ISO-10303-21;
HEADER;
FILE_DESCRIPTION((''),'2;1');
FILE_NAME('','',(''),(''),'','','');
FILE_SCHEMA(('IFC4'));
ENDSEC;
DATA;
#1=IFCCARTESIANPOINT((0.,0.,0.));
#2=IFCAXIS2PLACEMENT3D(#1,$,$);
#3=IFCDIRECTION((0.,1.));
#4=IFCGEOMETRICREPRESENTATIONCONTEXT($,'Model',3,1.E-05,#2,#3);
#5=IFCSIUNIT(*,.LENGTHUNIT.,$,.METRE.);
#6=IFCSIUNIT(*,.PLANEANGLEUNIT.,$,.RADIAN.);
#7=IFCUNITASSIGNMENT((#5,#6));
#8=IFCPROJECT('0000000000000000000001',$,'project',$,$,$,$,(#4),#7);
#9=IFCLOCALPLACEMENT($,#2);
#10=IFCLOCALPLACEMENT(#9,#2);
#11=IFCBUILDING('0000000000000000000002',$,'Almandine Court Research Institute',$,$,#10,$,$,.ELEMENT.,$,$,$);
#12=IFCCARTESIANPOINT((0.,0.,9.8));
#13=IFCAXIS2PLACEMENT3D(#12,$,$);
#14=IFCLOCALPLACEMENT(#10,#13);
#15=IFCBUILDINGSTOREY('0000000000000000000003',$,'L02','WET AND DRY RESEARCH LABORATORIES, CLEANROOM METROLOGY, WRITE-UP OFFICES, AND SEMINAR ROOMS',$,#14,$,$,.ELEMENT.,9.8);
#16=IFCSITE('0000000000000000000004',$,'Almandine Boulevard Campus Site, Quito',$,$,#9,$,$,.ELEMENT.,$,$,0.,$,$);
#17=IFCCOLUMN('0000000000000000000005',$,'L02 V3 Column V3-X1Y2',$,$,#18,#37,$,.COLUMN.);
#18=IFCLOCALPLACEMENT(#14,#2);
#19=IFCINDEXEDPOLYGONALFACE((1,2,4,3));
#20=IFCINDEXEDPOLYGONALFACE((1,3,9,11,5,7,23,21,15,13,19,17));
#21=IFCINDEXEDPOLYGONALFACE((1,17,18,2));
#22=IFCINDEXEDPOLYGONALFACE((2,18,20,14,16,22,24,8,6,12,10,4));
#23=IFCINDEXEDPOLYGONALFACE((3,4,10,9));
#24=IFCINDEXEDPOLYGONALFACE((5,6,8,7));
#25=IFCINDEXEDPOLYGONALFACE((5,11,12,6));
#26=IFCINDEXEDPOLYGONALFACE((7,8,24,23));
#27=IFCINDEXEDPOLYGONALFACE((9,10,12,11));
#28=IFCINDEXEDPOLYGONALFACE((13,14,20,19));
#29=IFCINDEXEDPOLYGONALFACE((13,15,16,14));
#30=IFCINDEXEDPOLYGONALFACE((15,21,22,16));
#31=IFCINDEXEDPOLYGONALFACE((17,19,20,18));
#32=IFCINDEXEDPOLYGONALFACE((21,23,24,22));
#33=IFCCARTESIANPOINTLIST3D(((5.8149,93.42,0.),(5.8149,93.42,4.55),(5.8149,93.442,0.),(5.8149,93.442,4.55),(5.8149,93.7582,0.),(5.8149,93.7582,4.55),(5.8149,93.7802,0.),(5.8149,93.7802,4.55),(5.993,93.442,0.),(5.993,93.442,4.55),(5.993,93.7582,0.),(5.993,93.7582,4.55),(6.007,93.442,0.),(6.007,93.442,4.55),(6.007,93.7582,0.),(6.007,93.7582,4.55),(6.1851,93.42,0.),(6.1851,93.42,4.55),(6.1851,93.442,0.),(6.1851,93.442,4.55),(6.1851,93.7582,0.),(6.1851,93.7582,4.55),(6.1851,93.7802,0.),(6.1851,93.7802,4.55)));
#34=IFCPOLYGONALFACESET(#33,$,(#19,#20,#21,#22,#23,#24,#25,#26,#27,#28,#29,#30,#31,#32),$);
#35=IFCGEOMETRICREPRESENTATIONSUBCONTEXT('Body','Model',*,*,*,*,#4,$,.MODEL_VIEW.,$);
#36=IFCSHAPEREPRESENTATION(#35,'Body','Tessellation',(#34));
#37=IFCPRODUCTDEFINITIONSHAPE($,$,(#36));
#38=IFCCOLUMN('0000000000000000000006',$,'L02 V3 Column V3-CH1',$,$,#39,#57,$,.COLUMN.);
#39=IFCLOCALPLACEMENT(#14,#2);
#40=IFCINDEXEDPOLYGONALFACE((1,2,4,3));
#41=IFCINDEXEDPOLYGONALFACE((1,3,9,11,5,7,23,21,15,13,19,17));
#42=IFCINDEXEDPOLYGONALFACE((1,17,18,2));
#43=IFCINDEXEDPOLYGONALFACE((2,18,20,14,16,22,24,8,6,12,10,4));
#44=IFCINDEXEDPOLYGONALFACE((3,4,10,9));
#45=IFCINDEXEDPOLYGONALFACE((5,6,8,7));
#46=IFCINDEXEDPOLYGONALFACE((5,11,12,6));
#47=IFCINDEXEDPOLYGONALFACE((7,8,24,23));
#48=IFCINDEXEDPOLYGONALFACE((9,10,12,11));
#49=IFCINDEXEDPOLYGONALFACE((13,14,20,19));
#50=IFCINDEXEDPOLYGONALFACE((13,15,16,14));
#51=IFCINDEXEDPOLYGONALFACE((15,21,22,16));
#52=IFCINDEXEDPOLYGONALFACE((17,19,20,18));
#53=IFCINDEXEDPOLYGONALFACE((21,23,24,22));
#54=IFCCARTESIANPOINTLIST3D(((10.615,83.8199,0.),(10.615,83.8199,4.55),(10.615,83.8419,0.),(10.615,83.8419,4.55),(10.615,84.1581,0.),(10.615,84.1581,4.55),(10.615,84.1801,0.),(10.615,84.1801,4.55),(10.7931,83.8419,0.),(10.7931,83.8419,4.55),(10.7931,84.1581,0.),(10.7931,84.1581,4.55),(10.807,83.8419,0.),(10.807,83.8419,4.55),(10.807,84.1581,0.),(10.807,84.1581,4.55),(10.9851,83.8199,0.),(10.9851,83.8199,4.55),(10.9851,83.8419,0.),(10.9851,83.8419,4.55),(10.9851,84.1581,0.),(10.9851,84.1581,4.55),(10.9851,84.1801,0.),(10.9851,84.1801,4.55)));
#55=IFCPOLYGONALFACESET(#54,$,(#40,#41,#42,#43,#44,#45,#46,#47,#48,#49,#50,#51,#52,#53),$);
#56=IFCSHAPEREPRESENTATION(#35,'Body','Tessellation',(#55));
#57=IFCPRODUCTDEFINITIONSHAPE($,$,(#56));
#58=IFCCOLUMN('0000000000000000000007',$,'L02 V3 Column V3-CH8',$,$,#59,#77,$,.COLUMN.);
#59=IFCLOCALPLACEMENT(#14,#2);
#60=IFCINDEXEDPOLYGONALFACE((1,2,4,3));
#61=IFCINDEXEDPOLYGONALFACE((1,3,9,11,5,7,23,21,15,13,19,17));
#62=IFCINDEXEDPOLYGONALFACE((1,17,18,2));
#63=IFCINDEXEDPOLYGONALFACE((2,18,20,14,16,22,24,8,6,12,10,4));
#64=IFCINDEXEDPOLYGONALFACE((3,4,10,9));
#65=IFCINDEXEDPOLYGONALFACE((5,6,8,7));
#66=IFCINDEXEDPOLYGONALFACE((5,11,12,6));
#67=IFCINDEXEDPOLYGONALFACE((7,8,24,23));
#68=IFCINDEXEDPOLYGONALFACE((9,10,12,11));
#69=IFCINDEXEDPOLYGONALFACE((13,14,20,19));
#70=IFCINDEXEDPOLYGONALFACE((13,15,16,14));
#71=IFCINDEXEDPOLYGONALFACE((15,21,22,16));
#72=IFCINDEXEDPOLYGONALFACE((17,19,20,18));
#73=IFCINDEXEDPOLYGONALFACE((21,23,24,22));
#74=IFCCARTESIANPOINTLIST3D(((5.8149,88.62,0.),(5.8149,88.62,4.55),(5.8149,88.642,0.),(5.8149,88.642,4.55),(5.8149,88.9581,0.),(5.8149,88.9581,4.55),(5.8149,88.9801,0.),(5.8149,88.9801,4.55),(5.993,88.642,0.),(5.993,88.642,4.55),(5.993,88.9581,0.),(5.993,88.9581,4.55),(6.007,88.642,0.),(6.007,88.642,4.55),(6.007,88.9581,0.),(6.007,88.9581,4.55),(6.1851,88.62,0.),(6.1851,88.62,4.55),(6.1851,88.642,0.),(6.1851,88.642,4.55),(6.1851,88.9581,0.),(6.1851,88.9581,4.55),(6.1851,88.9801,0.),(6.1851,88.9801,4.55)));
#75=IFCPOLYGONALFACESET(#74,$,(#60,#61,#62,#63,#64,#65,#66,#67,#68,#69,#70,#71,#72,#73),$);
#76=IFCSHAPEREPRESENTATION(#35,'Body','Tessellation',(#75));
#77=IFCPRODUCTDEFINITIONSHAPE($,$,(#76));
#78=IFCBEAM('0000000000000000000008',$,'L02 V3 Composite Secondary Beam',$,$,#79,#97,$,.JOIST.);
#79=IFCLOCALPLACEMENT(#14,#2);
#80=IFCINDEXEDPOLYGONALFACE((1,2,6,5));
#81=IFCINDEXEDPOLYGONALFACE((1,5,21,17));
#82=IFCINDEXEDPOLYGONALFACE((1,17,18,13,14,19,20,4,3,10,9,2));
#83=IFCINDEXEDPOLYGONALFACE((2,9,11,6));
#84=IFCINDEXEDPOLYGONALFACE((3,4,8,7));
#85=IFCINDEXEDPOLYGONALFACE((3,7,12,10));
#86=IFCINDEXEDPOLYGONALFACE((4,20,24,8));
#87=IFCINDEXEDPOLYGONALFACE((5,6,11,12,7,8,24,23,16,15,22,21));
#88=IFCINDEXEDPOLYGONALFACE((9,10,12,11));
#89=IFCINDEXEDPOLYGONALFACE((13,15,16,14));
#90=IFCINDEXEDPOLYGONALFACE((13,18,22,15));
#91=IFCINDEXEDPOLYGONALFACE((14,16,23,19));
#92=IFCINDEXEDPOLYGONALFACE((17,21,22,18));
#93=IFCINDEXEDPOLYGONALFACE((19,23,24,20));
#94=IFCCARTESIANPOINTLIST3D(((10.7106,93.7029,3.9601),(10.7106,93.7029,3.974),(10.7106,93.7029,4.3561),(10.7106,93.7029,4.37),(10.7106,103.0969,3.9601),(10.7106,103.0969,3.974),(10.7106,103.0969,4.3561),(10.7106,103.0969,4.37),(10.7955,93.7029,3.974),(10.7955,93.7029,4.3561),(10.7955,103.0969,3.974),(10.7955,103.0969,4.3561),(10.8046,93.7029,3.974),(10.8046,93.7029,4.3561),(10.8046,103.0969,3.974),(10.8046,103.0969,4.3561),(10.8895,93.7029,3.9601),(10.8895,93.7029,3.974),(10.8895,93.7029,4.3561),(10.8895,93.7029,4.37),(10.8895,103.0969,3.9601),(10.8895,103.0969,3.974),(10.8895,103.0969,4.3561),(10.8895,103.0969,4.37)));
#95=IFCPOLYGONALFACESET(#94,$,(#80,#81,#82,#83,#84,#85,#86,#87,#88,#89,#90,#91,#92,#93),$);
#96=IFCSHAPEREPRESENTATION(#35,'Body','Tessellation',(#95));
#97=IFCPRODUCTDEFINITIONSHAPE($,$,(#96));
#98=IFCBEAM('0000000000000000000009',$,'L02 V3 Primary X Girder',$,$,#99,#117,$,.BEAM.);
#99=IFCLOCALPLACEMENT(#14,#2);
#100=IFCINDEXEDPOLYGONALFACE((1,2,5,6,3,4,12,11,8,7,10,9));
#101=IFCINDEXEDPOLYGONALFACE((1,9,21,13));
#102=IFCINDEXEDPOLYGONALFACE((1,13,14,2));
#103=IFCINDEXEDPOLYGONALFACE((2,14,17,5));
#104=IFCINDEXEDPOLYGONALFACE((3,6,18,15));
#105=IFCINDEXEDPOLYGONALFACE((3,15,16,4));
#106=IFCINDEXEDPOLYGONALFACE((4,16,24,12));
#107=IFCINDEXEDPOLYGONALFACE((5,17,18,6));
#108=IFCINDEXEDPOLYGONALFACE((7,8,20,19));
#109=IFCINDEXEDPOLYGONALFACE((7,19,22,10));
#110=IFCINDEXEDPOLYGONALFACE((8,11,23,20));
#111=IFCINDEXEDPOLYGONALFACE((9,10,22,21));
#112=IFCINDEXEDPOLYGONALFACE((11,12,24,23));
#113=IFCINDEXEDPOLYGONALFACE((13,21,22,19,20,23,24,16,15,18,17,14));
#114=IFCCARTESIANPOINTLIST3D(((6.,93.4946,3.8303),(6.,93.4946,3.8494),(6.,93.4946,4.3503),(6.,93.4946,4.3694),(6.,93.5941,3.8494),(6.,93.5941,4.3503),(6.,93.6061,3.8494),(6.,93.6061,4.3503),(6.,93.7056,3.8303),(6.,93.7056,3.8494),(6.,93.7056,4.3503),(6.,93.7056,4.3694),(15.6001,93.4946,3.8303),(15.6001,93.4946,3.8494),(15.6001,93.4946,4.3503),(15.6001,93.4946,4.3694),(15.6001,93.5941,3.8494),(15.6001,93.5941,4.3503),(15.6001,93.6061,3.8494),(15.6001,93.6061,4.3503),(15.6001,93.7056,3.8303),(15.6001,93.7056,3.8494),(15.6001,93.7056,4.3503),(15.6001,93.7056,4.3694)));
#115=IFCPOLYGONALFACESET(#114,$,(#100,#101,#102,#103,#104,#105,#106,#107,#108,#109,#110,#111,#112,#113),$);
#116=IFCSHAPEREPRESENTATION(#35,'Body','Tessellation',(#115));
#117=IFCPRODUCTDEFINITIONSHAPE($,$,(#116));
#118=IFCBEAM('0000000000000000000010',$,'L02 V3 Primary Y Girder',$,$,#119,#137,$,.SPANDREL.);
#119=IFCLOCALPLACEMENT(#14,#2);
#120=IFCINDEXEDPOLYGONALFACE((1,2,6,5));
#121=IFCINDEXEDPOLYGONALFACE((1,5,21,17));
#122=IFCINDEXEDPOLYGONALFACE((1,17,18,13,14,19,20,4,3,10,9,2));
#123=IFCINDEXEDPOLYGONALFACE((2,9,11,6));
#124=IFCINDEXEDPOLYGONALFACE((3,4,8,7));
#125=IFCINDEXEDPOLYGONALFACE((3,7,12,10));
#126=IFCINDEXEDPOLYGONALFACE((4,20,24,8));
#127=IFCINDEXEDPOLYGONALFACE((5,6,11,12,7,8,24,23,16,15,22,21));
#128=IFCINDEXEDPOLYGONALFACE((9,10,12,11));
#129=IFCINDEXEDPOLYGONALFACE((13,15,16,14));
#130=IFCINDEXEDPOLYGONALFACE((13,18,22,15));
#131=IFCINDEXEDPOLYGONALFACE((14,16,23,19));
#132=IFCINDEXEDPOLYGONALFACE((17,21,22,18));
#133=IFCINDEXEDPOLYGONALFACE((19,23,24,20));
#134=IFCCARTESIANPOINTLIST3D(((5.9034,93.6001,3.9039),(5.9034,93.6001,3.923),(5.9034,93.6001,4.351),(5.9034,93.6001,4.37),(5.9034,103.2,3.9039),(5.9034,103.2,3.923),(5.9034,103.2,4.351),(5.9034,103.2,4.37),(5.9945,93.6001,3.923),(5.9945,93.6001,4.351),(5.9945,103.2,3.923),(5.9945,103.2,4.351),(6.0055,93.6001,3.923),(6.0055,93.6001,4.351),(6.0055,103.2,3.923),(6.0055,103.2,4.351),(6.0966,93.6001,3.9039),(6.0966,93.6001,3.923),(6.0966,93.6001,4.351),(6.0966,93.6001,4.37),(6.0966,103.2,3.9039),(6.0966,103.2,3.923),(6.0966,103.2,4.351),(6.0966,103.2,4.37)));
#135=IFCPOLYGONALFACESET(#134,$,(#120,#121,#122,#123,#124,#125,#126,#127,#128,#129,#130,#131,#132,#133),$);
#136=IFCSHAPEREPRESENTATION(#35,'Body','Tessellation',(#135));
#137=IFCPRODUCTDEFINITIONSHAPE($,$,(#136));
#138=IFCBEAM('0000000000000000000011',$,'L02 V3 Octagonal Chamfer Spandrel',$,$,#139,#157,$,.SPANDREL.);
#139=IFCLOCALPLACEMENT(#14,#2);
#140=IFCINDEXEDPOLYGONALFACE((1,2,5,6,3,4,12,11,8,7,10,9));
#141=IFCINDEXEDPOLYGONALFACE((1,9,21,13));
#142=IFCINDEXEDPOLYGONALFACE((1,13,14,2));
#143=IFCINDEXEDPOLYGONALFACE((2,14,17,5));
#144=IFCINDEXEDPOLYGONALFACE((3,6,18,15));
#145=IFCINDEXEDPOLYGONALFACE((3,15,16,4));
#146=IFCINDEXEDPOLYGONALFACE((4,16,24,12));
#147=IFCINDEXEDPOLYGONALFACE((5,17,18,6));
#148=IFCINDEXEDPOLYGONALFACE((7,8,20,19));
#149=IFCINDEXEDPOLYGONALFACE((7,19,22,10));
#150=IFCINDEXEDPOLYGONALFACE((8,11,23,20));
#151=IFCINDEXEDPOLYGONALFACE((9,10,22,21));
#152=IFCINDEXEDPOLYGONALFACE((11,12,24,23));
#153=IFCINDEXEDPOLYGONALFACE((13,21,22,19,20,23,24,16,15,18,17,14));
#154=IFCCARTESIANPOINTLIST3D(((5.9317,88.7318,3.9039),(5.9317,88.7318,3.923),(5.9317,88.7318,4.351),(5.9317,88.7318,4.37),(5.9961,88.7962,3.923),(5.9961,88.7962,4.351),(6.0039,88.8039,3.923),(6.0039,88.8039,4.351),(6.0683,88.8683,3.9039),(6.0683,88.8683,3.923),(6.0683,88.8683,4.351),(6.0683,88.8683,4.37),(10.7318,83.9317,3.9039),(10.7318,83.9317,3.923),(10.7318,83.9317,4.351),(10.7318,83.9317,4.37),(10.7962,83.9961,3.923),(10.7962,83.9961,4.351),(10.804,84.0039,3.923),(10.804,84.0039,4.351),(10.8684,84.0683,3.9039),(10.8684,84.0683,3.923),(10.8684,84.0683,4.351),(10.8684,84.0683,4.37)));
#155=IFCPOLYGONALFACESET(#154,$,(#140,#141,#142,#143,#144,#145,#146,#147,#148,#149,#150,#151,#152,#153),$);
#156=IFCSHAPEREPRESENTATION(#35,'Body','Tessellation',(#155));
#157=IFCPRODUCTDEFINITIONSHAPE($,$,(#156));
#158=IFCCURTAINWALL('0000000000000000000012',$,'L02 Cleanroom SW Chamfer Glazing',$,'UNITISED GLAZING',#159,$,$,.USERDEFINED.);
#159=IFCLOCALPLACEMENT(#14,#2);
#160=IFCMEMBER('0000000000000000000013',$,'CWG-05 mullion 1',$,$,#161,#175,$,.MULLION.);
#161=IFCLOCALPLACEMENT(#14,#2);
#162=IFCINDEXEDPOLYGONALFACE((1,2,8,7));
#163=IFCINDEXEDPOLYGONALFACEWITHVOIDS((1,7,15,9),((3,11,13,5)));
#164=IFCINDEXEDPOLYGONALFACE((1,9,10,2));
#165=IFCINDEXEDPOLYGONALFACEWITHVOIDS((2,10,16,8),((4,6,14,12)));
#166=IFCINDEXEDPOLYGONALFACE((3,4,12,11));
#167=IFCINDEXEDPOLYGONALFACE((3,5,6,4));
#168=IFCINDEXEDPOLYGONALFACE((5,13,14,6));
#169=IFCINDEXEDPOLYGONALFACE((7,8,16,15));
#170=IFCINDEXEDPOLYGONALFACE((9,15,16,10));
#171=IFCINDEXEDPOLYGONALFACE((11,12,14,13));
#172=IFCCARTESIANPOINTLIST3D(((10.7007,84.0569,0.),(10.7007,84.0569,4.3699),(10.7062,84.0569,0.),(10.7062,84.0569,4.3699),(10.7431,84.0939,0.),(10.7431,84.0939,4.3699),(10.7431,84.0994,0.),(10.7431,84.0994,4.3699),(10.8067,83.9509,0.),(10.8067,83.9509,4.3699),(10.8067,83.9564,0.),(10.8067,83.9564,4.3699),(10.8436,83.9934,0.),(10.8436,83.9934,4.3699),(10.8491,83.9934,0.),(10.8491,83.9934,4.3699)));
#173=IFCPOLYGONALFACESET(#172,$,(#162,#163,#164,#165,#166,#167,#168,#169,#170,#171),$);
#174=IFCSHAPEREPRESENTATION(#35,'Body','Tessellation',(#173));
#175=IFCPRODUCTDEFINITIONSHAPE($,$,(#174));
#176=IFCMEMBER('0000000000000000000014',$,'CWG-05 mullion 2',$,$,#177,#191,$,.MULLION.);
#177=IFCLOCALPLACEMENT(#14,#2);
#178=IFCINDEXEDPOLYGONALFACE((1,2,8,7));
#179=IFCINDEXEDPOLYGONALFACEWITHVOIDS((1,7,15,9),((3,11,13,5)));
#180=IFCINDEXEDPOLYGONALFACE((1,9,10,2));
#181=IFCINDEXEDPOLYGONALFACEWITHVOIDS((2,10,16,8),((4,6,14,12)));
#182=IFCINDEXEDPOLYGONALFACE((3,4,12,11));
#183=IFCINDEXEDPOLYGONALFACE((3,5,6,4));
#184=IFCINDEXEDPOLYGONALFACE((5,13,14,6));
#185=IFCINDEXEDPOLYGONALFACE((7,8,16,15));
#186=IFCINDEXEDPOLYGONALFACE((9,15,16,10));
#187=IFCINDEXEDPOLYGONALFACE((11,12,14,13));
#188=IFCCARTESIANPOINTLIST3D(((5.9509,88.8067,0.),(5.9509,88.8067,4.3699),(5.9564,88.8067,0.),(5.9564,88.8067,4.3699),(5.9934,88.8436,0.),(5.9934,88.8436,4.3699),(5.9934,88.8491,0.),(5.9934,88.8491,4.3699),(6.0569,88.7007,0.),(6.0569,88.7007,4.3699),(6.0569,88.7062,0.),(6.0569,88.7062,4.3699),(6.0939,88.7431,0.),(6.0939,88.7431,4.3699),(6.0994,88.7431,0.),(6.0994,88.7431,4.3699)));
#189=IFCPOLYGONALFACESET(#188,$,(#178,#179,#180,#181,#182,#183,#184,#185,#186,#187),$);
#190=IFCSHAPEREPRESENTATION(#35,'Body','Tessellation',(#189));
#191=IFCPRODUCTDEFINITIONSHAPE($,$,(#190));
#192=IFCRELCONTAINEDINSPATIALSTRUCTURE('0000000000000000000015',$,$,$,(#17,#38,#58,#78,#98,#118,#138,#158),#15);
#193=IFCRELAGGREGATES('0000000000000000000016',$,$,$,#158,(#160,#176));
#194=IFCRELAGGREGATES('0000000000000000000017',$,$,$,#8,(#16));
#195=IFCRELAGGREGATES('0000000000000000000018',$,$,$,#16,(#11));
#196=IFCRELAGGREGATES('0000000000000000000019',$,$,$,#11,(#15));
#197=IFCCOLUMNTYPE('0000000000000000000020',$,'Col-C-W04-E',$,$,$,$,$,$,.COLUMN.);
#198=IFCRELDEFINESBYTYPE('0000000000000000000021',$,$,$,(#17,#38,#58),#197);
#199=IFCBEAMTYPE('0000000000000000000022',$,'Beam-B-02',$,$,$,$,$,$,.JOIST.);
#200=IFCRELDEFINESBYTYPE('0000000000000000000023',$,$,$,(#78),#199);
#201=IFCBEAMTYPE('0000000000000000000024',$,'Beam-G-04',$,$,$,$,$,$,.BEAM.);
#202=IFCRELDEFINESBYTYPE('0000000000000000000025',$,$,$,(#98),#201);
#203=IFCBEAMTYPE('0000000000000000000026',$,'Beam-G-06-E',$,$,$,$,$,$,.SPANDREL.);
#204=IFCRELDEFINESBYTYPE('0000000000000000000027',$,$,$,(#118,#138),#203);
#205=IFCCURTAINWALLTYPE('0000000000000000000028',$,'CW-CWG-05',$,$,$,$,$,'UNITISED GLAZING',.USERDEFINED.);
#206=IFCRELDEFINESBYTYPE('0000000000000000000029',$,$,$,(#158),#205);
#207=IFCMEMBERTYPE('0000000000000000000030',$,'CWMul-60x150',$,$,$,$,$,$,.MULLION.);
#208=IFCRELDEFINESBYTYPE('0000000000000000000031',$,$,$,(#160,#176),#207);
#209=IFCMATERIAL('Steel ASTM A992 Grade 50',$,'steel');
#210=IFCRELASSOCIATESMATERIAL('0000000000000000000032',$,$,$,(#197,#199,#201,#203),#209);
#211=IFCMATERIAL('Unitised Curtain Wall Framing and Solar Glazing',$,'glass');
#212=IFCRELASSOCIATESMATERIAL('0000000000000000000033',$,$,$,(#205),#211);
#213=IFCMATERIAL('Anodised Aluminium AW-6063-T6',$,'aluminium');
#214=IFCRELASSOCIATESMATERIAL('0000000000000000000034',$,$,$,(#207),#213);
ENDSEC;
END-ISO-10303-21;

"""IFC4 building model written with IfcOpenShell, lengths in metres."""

from ifc_helpers import new_model, si_unit, direction, frame, origin, origin_2d, place, context, subcontext, project, spatial, hollow_rectangle, i_section, extrude, material, material_profile, profile_set, type_object, element, aggregate, save


model = new_model("IFC4")

# Units and contexts
model_context = context("Model", 3, precision=1e-05, world=origin(), true_north=direction((0.0, 1.0)))
body_context = subcontext(model_context, "Body", "Model", "MODEL_VIEW")
ifc_project = project(units=[si_unit("LENGTHUNIT", "METRE"), si_unit("PLANEANGLEUNIT", "RADIAN")], contexts=[model_context])

# Site, building, storey
site_placement = place(None, origin())
site = spatial("IfcSite", under=ifc_project, at=site_placement, Name="Almandine Boulevard Campus Site, Quito", CompositionType="ELEMENT", RefElevation=0.0)
building_placement = place(site_placement, origin())
building = spatial("IfcBuilding", under=site, at=building_placement, Name="Almandine Court Research Institute", CompositionType="ELEMENT")
storey_placement = place(building_placement, frame((0.0, 0.0, 9.8)))
storey = spatial("IfcBuildingStorey", under=building, at=storey_placement, Name="L02", Description="WET AND DRY RESEARCH LABORATORIES, CLEANROOM METROLOGY, WRITE-UP OFFICES, AND SEMINAR ROOMS", CompositionType="ELEMENT", Elevation=9.8)

# Columns
ifc_material_1 = material(Name="Steel ASTM A992 Grade 50", Category="steel")
ifc_material_profile_1 = material_profile(ifc_material_1, i_section(OverallWidth=0.3701, OverallDepth=0.3601, WebThickness=0.0139, FlangeThickness=0.022, at=origin_2d()), Name="W360x147")
ifc_profile_set_1 = profile_set([ifc_material_profile_1], Name="Steel ASTM A992 Grade 50")
column_type = type_object("IfcColumnType", Name="Col-C-W04-E", PredefinedType="COLUMN", material=ifc_profile_set_1)
for number, where, z_axis, x_axis, name in (
    (1, (6.0, 93.6001, 0.0), (0.0, 0.0, 1.0), (1.0, 0.0, 0.0), "L02 V3 Column V3-X1Y2"),
    (2, (10.8, 84.0, 0.0), (0.0, 0.0, 1.0), (1.0, 0.0, 0.0), "L02 V3 Column V3-CH1"),
    (3, (6.0, 88.8, 0.0), (0.0, 0.0, 1.0), (1.0, 0.0, 0.0), "L02 V3 Column V3-CH8"),
):
    element("IfcColumn", number, at=place(storey_placement, frame(where, z_axis=z_axis, x_axis=x_axis)), inside=storey, type_object=column_type, Name=name, PredefinedType="COLUMN", context=body_context, shape_type="SweptSolid", body=[
        extrude(i_section(OverallWidth=0.3701, OverallDepth=0.3601, WebThickness=0.0139, FlangeThickness=0.022, at=origin_2d()), origin(), (0.0, 0.0, 1.0), 4.55),
    ])

# Beams
ifc_material_profile_2 = material_profile(ifc_material_1, i_section(OverallWidth=0.179, OverallDepth=0.4099, WebThickness=0.009, FlangeThickness=0.0139, at=origin_2d()), Name="W410x67")
ifc_profile_set_2 = profile_set([ifc_material_profile_2], Name="Steel ASTM A992 Grade 50")
beam_type_1 = type_object("IfcBeamType", Name="Beam-B-02", PredefinedType="JOIST", material=ifc_profile_set_2)
beam_1_placement = place(storey_placement, frame((10.8, 93.7029, 4.165), z_axis=(0.0, 1.0, 0.0), x_axis=(-1.0, 0.0, 0.0)))
element("IfcBeam", 4, at=beam_1_placement, inside=storey, type_object=beam_type_1, Name="L02 V3 Composite Secondary Beam", PredefinedType="JOIST", context=body_context, shape_type="SweptSolid", body=[
    extrude(i_section(OverallWidth=0.179, OverallDepth=0.4099, WebThickness=0.009, FlangeThickness=0.0139, at=origin_2d()), origin(), (0.0, 0.0, 1.0), 9.394),
])
ifc_material_profile_3 = material_profile(ifc_material_1, i_section(OverallWidth=0.2109, OverallDepth=0.5391, WebThickness=0.012, FlangeThickness=0.019, at=origin_2d()), Name="W530x109")
ifc_profile_set_3 = profile_set([ifc_material_profile_3], Name="Steel ASTM A992 Grade 50")
beam_type_2 = type_object("IfcBeamType", Name="Beam-G-04", PredefinedType="BEAM", material=ifc_profile_set_3)
beam_2_placement = place(storey_placement, frame((6.0, 93.6001, 4.0999), z_axis=(1.0, 0.0, 0.0), x_axis=(0.0, 1.0, 0.0)))
element("IfcBeam", 5, at=beam_2_placement, inside=storey, type_object=beam_type_2, Name="L02 V3 Primary X Girder", PredefinedType="BEAM", context=body_context, shape_type="SweptSolid", body=[
    extrude(i_section(OverallWidth=0.2109, OverallDepth=0.5391, WebThickness=0.012, FlangeThickness=0.019, at=origin_2d()), origin(), (0.0, 0.0, 1.0), 9.6001),
])
ifc_material_profile_4 = material_profile(ifc_material_1, i_section(OverallWidth=0.1931, OverallDepth=0.4661, WebThickness=0.011, FlangeThickness=0.019, at=origin_2d()), Name="W460x97")
ifc_profile_set_4 = profile_set([ifc_material_profile_4], Name="Steel ASTM A992 Grade 50")
beam_type_3 = type_object("IfcBeamType", Name="Beam-G-06-E", PredefinedType="SPANDREL", material=ifc_profile_set_4)
beam_3_placement = place(storey_placement, frame((6.0, 93.6001, 4.137), z_axis=(0.0, 1.0, 0.0), x_axis=(-1.0, 0.0, 0.0)))
element("IfcBeam", 6, at=beam_3_placement, inside=storey, type_object=beam_type_3, Name="L02 V3 Primary Y Girder", PredefinedType="SPANDREL", context=body_context, shape_type="SweptSolid", body=[
    extrude(i_section(OverallWidth=0.1931, OverallDepth=0.4661, WebThickness=0.011, FlangeThickness=0.019, at=origin_2d()), origin(), (0.0, 0.0, 1.0), 9.5999),
])
beam_4_placement = place(storey_placement, frame((6.0, 88.8, 4.137), z_axis=(0.707107, -0.707107, 0.0), x_axis=(0.707107, 0.707107, 0.0)))
element("IfcBeam", 7, at=beam_4_placement, inside=storey, type_object=beam_type_3, Name="L02 V3 Octagonal Chamfer Spandrel", PredefinedType="SPANDREL", context=body_context, shape_type="SweptSolid", body=[
    extrude(i_section(OverallWidth=0.1931, OverallDepth=0.4661, WebThickness=0.011, FlangeThickness=0.019, at=origin_2d()), origin(), (0.0, 0.0, 1.0), 6.7883),
])

# Curtain wall, members
ifc_material_2 = material(Name="Unitised Curtain Wall Framing and Solar Glazing", Category="glass")
curtain_wall_type_1 = type_object("IfcCurtainWallType", Name="CW-CWG-05", ElementType="UNITISED GLAZING", PredefinedType="USERDEFINED", material=ifc_material_2)
curtain_wall_1_placement = place(storey_placement, origin())
curtain_wall_1 = element("IfcCurtainWall", 8, at=curtain_wall_1_placement, inside=storey, type_object=curtain_wall_type_1, Name="L02 Cleanroom SW Chamfer Glazing", ObjectType="UNITISED GLAZING", PredefinedType="USERDEFINED")
ifc_material_3 = material(Name="Anodised Aluminium AW-6063-T6", Category="aluminium")
ifc_material_profile_5 = material_profile(ifc_material_3, hollow_rectangle(XDim=0.0601, YDim=0.1499, WallThickness=0.0039, at=origin_2d()), Name="ALU RHS 60x150x4")
ifc_profile_set_5 = profile_set([ifc_material_profile_5], Name="Anodised Aluminium AW-6063-T6")
member_type_1 = type_object("IfcMemberType", Name="CWMul-60x150", PredefinedType="MULLION", material=ifc_profile_set_5)
member_1_placement = place(storey_placement, frame((10.7749, 84.0251, 0.0), z_axis=(0.0, 0.0, 1.0), x_axis=(-0.707107, -0.707107, 0.0)))
member_1 = element("IfcMember", 9, at=member_1_placement, type_object=member_type_1, Name="CWG-05 mullion 1", PredefinedType="MULLION", context=body_context, shape_type="SweptSolid", body=[
    extrude(hollow_rectangle(XDim=0.0601, YDim=0.1499, WallThickness=0.0039, at=origin_2d()), origin(), (0.0, 0.0, 1.0), 4.3699),
])
member_2_placement = place(storey_placement, frame((6.0251, 88.7749, 0.0), z_axis=(0.0, 0.0, 1.0), x_axis=(-0.707107, -0.707107, 0.0)))
member_2 = element("IfcMember", 10, at=member_2_placement, type_object=member_type_1, Name="CWG-05 mullion 2", PredefinedType="MULLION", context=body_context, shape_type="SweptSolid", body=[
    extrude(hollow_rectangle(XDim=0.0601, YDim=0.1499, WallThickness=0.0039, at=origin_2d()), origin(), (0.0, 0.0, 1.0), 4.3699),
])

aggregate(curtain_wall_1, [member_1, member_2])

save(model, "model.ifc")
